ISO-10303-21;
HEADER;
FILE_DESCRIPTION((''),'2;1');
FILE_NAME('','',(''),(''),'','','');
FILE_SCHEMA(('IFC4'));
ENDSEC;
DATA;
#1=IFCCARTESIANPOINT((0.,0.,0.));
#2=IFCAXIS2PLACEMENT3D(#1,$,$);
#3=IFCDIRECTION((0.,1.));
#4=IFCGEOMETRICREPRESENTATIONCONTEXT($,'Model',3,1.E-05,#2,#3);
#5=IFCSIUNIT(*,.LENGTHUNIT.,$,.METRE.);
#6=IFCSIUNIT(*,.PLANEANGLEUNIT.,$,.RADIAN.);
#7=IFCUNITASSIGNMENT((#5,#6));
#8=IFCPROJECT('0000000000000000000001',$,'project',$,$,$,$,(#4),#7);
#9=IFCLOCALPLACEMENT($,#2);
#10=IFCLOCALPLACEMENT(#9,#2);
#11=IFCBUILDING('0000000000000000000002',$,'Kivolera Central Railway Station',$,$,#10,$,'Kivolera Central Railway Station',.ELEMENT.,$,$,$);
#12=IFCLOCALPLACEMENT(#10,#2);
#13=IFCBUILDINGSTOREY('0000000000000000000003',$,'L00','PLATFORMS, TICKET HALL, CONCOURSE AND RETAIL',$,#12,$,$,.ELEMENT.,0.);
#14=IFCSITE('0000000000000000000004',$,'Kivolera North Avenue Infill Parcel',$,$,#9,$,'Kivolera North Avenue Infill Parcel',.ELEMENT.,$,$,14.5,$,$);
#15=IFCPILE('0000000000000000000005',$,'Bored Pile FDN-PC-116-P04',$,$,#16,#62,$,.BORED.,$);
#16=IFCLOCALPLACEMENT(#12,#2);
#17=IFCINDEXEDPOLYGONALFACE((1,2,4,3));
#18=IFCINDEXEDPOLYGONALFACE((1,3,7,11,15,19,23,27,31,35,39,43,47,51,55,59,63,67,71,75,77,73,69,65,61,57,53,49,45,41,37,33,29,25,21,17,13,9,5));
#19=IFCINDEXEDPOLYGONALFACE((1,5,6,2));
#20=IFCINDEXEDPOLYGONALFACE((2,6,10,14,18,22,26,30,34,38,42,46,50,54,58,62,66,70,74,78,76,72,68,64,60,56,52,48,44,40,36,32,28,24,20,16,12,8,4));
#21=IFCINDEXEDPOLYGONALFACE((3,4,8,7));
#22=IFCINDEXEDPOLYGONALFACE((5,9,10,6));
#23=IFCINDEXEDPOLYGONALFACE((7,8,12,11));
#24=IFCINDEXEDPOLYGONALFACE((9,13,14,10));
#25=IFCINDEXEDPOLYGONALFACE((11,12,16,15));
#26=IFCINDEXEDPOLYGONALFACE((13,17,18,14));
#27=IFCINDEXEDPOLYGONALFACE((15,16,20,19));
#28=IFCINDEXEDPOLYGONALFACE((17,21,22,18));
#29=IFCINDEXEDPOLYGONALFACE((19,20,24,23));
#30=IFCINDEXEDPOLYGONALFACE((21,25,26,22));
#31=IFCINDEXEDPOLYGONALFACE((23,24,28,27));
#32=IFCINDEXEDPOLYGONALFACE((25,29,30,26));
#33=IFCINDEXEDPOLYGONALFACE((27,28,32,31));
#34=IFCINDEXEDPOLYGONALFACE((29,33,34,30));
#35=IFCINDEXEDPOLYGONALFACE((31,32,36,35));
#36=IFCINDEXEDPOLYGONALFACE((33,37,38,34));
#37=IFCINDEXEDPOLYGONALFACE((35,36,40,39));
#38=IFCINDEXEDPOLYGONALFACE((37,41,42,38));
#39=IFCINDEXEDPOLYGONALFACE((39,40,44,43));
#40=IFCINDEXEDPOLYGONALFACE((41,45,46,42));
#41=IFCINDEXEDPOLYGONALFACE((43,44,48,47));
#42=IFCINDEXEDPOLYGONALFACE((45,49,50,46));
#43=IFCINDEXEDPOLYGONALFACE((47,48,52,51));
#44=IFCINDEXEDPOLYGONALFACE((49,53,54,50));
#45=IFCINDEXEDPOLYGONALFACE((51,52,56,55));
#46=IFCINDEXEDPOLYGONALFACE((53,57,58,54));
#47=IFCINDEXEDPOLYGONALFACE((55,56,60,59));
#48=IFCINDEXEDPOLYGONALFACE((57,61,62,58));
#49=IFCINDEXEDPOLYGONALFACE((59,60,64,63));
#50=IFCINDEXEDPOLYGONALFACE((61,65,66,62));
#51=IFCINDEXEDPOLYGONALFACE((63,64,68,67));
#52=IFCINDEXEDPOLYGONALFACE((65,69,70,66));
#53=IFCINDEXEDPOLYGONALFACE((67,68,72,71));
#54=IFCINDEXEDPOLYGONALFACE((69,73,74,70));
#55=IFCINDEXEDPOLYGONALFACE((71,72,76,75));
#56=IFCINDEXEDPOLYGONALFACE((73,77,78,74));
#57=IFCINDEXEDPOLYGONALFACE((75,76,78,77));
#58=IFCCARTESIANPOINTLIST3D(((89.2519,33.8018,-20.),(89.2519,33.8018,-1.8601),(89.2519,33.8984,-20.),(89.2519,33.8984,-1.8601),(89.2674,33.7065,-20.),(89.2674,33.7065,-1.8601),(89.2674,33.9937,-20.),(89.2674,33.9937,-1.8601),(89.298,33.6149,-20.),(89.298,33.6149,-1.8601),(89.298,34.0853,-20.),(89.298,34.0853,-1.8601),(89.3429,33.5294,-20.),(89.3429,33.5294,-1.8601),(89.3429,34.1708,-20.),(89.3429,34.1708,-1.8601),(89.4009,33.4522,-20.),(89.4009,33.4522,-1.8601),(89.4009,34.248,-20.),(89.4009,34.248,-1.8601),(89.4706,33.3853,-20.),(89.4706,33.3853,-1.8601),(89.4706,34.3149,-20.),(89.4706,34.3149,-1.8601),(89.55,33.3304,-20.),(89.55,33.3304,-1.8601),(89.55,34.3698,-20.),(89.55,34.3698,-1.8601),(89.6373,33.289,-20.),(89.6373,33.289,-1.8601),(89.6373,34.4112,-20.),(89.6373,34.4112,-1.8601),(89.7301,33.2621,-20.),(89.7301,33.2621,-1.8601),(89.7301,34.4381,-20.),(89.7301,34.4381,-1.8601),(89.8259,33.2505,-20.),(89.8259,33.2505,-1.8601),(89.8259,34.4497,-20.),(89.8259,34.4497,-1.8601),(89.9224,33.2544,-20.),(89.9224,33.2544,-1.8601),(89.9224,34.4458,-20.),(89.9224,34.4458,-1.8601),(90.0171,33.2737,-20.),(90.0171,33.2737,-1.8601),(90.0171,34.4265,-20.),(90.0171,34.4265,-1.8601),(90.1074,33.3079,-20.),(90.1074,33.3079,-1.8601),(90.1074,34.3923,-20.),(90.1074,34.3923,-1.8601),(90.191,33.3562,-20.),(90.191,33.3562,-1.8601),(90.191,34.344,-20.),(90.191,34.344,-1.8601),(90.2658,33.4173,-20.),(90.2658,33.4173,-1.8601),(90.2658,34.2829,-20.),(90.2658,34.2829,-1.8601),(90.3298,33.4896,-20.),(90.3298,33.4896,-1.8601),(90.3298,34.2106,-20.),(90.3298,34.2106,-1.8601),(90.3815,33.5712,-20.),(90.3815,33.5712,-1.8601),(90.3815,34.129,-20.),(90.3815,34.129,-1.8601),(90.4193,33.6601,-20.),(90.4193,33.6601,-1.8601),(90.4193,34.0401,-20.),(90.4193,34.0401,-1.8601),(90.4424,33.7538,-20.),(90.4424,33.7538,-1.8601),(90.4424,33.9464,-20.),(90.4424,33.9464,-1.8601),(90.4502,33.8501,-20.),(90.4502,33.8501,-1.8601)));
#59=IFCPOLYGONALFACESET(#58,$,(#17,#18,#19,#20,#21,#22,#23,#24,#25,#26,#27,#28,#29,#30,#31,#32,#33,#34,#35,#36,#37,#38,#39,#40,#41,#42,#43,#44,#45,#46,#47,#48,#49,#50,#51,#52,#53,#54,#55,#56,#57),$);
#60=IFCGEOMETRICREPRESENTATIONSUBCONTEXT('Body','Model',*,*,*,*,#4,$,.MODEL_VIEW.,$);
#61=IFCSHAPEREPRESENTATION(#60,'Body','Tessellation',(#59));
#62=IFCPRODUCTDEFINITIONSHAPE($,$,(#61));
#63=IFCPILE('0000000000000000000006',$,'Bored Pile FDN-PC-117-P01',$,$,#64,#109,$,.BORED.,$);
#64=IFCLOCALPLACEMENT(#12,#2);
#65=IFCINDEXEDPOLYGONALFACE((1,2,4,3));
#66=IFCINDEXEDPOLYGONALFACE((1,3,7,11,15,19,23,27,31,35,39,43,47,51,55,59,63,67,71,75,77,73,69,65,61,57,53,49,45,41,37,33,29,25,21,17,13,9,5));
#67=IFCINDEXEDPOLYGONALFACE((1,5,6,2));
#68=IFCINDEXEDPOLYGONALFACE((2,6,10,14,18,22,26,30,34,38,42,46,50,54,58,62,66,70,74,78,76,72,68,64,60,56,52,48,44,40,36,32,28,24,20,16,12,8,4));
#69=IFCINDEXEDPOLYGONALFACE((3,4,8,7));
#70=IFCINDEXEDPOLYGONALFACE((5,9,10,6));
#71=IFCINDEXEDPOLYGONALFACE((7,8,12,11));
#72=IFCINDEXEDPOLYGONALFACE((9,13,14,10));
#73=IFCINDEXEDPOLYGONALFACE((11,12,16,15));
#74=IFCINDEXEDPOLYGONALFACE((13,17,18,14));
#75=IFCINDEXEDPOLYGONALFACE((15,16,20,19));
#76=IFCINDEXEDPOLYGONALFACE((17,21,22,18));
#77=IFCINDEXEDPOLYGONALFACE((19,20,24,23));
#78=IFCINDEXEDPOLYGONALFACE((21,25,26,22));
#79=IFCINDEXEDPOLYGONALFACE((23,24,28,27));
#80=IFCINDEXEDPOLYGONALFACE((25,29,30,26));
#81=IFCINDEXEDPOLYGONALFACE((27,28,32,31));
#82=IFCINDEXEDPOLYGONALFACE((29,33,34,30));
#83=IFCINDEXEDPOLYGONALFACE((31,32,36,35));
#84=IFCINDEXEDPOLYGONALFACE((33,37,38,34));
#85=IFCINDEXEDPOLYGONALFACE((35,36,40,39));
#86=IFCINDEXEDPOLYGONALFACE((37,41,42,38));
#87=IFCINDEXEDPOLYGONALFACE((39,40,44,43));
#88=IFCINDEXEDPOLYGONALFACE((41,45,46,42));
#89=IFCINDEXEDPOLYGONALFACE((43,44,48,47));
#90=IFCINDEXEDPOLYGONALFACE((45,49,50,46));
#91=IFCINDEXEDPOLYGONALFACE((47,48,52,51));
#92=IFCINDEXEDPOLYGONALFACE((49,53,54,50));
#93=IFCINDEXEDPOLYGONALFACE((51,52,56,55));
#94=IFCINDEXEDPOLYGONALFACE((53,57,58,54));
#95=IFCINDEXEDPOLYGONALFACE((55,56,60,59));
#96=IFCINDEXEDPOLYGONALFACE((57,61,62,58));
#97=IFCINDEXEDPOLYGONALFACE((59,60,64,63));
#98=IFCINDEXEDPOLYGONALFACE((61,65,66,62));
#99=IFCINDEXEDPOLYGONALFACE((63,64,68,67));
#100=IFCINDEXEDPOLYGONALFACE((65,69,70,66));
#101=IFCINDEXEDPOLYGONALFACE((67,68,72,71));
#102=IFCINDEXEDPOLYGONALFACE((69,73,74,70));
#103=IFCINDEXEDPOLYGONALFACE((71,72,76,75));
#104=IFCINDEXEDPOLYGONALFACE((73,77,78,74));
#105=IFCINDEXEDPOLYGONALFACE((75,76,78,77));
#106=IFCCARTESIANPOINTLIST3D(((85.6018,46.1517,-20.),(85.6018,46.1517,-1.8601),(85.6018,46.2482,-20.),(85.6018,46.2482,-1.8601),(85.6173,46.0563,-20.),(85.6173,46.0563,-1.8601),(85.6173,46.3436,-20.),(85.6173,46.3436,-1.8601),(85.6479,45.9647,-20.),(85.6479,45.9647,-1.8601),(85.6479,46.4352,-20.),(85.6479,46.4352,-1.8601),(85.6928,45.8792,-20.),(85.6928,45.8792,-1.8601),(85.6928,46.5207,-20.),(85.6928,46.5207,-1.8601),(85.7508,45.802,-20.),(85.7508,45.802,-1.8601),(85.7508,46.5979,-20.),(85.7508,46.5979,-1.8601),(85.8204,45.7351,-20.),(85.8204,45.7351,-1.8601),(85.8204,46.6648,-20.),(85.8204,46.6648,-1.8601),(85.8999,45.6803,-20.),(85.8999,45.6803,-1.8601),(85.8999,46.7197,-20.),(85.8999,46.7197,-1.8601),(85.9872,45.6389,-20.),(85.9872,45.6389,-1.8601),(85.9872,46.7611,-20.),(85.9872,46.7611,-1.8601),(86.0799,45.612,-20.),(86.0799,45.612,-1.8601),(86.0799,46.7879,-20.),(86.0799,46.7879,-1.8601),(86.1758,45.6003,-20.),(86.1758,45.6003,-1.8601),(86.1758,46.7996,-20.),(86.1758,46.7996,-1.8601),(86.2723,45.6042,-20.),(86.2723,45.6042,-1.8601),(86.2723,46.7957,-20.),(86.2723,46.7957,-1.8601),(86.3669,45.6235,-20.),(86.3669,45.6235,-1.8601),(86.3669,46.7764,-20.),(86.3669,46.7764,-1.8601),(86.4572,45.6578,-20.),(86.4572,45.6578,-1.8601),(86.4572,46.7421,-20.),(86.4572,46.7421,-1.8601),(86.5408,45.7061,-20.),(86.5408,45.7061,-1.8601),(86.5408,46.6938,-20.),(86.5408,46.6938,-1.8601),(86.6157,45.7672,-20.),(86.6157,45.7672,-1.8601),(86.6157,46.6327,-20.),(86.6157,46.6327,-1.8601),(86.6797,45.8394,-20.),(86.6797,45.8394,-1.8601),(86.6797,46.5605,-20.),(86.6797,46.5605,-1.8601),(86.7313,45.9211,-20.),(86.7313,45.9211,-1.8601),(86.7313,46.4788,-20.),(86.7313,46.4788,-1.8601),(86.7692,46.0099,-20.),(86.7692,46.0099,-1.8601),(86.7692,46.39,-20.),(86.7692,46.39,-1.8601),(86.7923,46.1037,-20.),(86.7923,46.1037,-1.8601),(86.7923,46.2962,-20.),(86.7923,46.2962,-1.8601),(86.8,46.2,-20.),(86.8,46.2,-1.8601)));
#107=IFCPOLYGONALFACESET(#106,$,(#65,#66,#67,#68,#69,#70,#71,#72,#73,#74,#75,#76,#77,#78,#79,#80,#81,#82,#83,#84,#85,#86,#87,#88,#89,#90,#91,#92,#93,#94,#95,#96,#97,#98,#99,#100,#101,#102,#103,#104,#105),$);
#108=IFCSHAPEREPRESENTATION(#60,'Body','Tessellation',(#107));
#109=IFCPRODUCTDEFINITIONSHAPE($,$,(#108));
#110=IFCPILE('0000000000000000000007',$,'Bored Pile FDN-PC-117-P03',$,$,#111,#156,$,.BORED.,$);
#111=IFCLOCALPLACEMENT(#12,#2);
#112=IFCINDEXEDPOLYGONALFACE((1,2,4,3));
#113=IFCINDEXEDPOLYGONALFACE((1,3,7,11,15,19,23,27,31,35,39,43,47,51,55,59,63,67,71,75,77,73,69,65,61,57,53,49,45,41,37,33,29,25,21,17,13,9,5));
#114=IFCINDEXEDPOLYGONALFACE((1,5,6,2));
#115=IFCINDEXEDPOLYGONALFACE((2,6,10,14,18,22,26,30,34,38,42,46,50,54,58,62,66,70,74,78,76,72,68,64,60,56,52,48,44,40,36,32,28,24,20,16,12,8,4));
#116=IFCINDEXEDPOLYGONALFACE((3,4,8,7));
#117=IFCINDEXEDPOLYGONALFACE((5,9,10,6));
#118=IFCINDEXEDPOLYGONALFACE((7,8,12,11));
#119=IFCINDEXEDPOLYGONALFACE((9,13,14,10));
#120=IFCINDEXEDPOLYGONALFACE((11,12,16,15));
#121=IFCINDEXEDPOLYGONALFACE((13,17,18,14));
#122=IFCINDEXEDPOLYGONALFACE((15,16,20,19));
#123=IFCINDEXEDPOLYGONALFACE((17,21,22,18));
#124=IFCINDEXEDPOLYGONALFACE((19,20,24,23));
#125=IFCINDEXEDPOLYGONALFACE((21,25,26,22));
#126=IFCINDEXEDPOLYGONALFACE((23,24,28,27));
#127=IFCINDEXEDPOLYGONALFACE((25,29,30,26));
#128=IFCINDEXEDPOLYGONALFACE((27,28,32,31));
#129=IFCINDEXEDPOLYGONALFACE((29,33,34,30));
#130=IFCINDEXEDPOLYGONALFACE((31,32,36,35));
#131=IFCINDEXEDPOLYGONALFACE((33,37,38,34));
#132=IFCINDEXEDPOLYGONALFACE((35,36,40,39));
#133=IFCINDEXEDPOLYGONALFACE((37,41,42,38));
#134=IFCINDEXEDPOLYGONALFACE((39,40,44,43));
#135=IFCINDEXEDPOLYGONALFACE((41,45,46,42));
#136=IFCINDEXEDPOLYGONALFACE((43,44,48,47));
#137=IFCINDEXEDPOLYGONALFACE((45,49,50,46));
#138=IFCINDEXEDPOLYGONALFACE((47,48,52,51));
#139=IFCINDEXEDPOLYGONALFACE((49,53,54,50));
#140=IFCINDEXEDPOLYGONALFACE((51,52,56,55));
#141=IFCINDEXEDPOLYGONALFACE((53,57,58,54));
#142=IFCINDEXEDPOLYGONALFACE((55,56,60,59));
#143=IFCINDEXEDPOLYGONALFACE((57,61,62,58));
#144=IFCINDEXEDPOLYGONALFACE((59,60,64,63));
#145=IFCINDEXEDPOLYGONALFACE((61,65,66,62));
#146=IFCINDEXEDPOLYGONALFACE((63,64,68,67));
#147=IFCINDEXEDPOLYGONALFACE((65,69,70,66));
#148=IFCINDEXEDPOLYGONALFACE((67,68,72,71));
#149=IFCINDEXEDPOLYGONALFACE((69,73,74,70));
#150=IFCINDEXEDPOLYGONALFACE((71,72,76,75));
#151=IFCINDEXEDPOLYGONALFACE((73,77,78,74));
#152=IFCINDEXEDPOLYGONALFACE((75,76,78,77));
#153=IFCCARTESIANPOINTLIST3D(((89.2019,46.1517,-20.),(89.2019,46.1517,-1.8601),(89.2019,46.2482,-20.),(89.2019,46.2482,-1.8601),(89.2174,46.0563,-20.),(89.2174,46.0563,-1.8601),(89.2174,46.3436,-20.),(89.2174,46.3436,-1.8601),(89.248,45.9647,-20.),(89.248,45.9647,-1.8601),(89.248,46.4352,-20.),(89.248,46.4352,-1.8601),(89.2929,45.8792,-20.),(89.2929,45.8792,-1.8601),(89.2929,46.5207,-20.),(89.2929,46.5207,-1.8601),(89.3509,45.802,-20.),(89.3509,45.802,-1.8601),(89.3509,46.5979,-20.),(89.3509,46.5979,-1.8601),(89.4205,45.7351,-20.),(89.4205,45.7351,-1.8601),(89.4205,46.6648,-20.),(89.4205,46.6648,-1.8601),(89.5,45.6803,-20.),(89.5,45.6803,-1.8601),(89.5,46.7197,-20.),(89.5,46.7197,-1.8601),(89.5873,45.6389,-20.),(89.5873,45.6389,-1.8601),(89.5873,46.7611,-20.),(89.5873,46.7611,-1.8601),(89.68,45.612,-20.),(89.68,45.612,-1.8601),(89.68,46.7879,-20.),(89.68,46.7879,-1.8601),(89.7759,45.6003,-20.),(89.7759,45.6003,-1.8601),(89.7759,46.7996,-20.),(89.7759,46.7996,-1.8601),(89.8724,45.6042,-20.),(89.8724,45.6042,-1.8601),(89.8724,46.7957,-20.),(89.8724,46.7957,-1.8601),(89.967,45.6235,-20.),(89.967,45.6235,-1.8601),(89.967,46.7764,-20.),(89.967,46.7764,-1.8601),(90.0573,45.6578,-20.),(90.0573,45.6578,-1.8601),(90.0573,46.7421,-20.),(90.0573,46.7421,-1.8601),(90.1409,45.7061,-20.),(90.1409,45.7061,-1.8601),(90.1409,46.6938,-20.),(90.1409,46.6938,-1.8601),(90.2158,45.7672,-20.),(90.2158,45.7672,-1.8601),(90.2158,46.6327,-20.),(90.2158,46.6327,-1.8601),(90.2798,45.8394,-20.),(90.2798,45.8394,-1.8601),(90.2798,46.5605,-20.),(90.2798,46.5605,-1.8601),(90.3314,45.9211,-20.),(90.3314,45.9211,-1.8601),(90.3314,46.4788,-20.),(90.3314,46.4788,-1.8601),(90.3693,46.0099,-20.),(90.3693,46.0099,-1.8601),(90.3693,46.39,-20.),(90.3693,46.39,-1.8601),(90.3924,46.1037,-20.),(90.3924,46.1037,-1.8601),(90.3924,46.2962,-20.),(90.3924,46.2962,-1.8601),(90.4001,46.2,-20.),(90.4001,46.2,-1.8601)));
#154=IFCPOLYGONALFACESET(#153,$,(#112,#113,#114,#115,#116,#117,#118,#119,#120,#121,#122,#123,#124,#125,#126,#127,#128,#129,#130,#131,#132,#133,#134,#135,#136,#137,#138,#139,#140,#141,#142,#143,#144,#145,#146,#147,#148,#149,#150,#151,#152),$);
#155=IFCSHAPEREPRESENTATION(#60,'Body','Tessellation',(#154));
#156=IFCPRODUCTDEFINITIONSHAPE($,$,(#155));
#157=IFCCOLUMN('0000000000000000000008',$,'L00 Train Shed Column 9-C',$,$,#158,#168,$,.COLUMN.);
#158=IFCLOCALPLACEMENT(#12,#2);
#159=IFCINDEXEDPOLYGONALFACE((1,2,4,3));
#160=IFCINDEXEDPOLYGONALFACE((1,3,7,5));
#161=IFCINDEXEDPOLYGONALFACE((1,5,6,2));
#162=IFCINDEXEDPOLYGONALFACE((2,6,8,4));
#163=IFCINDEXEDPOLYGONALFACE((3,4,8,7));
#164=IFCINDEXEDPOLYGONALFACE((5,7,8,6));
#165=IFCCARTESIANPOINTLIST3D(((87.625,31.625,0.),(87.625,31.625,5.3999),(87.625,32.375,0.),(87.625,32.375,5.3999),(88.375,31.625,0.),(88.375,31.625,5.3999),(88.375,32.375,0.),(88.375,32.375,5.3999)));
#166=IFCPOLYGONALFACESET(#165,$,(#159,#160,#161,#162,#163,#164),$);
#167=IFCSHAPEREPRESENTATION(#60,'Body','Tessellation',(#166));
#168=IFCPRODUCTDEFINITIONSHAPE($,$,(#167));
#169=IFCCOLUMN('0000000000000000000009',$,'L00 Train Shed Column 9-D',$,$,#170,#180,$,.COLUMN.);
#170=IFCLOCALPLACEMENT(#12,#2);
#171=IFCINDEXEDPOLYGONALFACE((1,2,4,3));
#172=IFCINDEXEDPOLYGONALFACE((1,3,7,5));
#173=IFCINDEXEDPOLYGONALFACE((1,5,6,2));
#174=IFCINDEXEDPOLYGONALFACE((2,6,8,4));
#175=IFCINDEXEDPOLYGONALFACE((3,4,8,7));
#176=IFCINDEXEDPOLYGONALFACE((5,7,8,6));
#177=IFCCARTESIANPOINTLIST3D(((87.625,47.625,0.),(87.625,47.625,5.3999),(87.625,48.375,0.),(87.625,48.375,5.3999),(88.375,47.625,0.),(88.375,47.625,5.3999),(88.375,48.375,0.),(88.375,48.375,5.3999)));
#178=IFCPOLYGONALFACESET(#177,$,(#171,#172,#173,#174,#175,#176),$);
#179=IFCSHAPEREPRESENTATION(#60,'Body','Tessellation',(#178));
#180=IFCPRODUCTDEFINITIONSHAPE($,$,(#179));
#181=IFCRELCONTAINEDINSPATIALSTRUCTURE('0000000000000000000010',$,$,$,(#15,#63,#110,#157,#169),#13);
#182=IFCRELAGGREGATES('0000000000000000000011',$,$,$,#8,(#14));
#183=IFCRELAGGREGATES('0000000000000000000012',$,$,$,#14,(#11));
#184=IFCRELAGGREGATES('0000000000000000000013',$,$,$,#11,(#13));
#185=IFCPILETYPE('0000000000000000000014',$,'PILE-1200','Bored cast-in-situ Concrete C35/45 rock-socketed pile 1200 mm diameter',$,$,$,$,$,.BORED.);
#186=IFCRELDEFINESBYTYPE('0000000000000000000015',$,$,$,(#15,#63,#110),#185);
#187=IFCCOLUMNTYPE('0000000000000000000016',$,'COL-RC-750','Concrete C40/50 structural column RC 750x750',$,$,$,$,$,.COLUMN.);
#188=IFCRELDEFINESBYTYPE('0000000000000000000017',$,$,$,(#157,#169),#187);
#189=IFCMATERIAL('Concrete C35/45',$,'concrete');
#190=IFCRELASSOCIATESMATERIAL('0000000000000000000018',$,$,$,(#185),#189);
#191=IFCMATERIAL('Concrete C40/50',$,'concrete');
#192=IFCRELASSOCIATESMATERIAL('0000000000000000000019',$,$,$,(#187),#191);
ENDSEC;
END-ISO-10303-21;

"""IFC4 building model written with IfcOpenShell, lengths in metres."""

from ifc_helpers import new_model, si_unit, direction, frame, origin, origin_2d, place, context, subcontext, project, spatial, rectangle, circle, extrude, material, material_profile, profile_set, type_object, element, save


model = new_model("IFC4")

# Units and contexts
model_context = context("Model", 3, precision=1e-05, world=origin(), true_north=direction((0.0, 1.0)))
body_context = subcontext(model_context, "Body", "Model", "MODEL_VIEW")
ifc_project = project(units=[si_unit("LENGTHUNIT", "METRE"), si_unit("PLANEANGLEUNIT", "RADIAN")], contexts=[model_context])

# Site, building, storey
site_placement = place(None, origin())
site = spatial("IfcSite", under=ifc_project, at=site_placement, Name="Kivolera North Avenue Infill Parcel", LongName="Kivolera North Avenue Infill Parcel", CompositionType="ELEMENT", RefElevation=14.5)
building_placement = place(site_placement, origin())
building = spatial("IfcBuilding", under=site, at=building_placement, Name="Kivolera Central Railway Station", LongName="Kivolera Central Railway Station", CompositionType="ELEMENT")
storey_placement = place(building_placement, origin())
storey = spatial("IfcBuildingStorey", under=building, at=storey_placement, Name="L00", Description="PLATFORMS, TICKET HALL, CONCOURSE AND RETAIL", CompositionType="ELEMENT", Elevation=0.0)

# Shared definitions
ifc_material_1 = material(Name="Concrete C35/45", Category="concrete")

# Piles
ifc_material_profile_1 = material_profile(ifc_material_1, circle(Radius=0.6001, at=origin_2d()), Name="PILE D1200")
ifc_profile_set_1 = profile_set([ifc_material_profile_1], Name="Concrete C35/45")
pile_type_1 = type_object("IfcPileType", Name="PILE-1200", Description="Bored cast-in-situ Concrete C35/45 rock-socketed pile 1200 mm diameter", PredefinedType="BORED", material=ifc_profile_set_1)
for number, where, z_axis, x_axis, name in (
    (1, (89.8501, 33.8501, -1.8601), (0.0, 0.0, -1.0), (1.0, 0.0, 0.0), "Bored Pile FDN-PC-116-P04"),
    (2, (86.2, 46.2, -1.8601), (0.0, 0.0, -1.0), (1.0, 0.0, 0.0), "Bored Pile FDN-PC-117-P01"),
    (3, (89.8, 46.2, -1.8601), (0.0, 0.0, -1.0), (1.0, 0.0, 0.0), "Bored Pile FDN-PC-117-P03"),
):
    element("IfcPile", number, at=place(storey_placement, frame(where, z_axis=z_axis, x_axis=x_axis)), inside=storey, type_object=pile_type_1, Name=name, PredefinedType="BORED", context=body_context, shape_type="SweptSolid", body=[
        extrude(circle(Radius=0.6001, at=origin_2d()), origin(), (0.0, 0.0, 1.0), 18.1399),
    ])

# Columns
ifc_material_2 = material(Name="Concrete C40/50", Category="concrete")
ifc_material_profile_2 = material_profile(ifc_material_2, rectangle(XDim=0.75, YDim=0.75, at=origin_2d()), Name="RC 750x750")
ifc_profile_set_2 = profile_set([ifc_material_profile_2], Name="Concrete C40/50")
column_type_1 = type_object("IfcColumnType", Name="COL-RC-750", Description="Concrete C40/50 structural column RC 750x750", PredefinedType="COLUMN", material=ifc_profile_set_2)
for number, where, z_axis, x_axis, name in (
    (4, (88.0, 32.0, 0.0), (0.0, 0.0, 1.0), (1.0, 0.0, 0.0), "L00 Train Shed Column 9-C"),
    (5, (88.0, 48.0, 0.0), (0.0, 0.0, 1.0), (1.0, 0.0, 0.0), "L00 Train Shed Column 9-D"),
):
    element("IfcColumn", number, at=place(storey_placement, frame(where, z_axis=z_axis, x_axis=x_axis)), inside=storey, type_object=column_type_1, Name=name, PredefinedType="COLUMN", context=body_context, shape_type="SweptSolid", body=[
        extrude(rectangle(XDim=0.75, YDim=0.75, at=origin_2d()), origin(), (0.0, 0.0, 1.0), 5.3999),
    ])

save(model, "model.ifc")
